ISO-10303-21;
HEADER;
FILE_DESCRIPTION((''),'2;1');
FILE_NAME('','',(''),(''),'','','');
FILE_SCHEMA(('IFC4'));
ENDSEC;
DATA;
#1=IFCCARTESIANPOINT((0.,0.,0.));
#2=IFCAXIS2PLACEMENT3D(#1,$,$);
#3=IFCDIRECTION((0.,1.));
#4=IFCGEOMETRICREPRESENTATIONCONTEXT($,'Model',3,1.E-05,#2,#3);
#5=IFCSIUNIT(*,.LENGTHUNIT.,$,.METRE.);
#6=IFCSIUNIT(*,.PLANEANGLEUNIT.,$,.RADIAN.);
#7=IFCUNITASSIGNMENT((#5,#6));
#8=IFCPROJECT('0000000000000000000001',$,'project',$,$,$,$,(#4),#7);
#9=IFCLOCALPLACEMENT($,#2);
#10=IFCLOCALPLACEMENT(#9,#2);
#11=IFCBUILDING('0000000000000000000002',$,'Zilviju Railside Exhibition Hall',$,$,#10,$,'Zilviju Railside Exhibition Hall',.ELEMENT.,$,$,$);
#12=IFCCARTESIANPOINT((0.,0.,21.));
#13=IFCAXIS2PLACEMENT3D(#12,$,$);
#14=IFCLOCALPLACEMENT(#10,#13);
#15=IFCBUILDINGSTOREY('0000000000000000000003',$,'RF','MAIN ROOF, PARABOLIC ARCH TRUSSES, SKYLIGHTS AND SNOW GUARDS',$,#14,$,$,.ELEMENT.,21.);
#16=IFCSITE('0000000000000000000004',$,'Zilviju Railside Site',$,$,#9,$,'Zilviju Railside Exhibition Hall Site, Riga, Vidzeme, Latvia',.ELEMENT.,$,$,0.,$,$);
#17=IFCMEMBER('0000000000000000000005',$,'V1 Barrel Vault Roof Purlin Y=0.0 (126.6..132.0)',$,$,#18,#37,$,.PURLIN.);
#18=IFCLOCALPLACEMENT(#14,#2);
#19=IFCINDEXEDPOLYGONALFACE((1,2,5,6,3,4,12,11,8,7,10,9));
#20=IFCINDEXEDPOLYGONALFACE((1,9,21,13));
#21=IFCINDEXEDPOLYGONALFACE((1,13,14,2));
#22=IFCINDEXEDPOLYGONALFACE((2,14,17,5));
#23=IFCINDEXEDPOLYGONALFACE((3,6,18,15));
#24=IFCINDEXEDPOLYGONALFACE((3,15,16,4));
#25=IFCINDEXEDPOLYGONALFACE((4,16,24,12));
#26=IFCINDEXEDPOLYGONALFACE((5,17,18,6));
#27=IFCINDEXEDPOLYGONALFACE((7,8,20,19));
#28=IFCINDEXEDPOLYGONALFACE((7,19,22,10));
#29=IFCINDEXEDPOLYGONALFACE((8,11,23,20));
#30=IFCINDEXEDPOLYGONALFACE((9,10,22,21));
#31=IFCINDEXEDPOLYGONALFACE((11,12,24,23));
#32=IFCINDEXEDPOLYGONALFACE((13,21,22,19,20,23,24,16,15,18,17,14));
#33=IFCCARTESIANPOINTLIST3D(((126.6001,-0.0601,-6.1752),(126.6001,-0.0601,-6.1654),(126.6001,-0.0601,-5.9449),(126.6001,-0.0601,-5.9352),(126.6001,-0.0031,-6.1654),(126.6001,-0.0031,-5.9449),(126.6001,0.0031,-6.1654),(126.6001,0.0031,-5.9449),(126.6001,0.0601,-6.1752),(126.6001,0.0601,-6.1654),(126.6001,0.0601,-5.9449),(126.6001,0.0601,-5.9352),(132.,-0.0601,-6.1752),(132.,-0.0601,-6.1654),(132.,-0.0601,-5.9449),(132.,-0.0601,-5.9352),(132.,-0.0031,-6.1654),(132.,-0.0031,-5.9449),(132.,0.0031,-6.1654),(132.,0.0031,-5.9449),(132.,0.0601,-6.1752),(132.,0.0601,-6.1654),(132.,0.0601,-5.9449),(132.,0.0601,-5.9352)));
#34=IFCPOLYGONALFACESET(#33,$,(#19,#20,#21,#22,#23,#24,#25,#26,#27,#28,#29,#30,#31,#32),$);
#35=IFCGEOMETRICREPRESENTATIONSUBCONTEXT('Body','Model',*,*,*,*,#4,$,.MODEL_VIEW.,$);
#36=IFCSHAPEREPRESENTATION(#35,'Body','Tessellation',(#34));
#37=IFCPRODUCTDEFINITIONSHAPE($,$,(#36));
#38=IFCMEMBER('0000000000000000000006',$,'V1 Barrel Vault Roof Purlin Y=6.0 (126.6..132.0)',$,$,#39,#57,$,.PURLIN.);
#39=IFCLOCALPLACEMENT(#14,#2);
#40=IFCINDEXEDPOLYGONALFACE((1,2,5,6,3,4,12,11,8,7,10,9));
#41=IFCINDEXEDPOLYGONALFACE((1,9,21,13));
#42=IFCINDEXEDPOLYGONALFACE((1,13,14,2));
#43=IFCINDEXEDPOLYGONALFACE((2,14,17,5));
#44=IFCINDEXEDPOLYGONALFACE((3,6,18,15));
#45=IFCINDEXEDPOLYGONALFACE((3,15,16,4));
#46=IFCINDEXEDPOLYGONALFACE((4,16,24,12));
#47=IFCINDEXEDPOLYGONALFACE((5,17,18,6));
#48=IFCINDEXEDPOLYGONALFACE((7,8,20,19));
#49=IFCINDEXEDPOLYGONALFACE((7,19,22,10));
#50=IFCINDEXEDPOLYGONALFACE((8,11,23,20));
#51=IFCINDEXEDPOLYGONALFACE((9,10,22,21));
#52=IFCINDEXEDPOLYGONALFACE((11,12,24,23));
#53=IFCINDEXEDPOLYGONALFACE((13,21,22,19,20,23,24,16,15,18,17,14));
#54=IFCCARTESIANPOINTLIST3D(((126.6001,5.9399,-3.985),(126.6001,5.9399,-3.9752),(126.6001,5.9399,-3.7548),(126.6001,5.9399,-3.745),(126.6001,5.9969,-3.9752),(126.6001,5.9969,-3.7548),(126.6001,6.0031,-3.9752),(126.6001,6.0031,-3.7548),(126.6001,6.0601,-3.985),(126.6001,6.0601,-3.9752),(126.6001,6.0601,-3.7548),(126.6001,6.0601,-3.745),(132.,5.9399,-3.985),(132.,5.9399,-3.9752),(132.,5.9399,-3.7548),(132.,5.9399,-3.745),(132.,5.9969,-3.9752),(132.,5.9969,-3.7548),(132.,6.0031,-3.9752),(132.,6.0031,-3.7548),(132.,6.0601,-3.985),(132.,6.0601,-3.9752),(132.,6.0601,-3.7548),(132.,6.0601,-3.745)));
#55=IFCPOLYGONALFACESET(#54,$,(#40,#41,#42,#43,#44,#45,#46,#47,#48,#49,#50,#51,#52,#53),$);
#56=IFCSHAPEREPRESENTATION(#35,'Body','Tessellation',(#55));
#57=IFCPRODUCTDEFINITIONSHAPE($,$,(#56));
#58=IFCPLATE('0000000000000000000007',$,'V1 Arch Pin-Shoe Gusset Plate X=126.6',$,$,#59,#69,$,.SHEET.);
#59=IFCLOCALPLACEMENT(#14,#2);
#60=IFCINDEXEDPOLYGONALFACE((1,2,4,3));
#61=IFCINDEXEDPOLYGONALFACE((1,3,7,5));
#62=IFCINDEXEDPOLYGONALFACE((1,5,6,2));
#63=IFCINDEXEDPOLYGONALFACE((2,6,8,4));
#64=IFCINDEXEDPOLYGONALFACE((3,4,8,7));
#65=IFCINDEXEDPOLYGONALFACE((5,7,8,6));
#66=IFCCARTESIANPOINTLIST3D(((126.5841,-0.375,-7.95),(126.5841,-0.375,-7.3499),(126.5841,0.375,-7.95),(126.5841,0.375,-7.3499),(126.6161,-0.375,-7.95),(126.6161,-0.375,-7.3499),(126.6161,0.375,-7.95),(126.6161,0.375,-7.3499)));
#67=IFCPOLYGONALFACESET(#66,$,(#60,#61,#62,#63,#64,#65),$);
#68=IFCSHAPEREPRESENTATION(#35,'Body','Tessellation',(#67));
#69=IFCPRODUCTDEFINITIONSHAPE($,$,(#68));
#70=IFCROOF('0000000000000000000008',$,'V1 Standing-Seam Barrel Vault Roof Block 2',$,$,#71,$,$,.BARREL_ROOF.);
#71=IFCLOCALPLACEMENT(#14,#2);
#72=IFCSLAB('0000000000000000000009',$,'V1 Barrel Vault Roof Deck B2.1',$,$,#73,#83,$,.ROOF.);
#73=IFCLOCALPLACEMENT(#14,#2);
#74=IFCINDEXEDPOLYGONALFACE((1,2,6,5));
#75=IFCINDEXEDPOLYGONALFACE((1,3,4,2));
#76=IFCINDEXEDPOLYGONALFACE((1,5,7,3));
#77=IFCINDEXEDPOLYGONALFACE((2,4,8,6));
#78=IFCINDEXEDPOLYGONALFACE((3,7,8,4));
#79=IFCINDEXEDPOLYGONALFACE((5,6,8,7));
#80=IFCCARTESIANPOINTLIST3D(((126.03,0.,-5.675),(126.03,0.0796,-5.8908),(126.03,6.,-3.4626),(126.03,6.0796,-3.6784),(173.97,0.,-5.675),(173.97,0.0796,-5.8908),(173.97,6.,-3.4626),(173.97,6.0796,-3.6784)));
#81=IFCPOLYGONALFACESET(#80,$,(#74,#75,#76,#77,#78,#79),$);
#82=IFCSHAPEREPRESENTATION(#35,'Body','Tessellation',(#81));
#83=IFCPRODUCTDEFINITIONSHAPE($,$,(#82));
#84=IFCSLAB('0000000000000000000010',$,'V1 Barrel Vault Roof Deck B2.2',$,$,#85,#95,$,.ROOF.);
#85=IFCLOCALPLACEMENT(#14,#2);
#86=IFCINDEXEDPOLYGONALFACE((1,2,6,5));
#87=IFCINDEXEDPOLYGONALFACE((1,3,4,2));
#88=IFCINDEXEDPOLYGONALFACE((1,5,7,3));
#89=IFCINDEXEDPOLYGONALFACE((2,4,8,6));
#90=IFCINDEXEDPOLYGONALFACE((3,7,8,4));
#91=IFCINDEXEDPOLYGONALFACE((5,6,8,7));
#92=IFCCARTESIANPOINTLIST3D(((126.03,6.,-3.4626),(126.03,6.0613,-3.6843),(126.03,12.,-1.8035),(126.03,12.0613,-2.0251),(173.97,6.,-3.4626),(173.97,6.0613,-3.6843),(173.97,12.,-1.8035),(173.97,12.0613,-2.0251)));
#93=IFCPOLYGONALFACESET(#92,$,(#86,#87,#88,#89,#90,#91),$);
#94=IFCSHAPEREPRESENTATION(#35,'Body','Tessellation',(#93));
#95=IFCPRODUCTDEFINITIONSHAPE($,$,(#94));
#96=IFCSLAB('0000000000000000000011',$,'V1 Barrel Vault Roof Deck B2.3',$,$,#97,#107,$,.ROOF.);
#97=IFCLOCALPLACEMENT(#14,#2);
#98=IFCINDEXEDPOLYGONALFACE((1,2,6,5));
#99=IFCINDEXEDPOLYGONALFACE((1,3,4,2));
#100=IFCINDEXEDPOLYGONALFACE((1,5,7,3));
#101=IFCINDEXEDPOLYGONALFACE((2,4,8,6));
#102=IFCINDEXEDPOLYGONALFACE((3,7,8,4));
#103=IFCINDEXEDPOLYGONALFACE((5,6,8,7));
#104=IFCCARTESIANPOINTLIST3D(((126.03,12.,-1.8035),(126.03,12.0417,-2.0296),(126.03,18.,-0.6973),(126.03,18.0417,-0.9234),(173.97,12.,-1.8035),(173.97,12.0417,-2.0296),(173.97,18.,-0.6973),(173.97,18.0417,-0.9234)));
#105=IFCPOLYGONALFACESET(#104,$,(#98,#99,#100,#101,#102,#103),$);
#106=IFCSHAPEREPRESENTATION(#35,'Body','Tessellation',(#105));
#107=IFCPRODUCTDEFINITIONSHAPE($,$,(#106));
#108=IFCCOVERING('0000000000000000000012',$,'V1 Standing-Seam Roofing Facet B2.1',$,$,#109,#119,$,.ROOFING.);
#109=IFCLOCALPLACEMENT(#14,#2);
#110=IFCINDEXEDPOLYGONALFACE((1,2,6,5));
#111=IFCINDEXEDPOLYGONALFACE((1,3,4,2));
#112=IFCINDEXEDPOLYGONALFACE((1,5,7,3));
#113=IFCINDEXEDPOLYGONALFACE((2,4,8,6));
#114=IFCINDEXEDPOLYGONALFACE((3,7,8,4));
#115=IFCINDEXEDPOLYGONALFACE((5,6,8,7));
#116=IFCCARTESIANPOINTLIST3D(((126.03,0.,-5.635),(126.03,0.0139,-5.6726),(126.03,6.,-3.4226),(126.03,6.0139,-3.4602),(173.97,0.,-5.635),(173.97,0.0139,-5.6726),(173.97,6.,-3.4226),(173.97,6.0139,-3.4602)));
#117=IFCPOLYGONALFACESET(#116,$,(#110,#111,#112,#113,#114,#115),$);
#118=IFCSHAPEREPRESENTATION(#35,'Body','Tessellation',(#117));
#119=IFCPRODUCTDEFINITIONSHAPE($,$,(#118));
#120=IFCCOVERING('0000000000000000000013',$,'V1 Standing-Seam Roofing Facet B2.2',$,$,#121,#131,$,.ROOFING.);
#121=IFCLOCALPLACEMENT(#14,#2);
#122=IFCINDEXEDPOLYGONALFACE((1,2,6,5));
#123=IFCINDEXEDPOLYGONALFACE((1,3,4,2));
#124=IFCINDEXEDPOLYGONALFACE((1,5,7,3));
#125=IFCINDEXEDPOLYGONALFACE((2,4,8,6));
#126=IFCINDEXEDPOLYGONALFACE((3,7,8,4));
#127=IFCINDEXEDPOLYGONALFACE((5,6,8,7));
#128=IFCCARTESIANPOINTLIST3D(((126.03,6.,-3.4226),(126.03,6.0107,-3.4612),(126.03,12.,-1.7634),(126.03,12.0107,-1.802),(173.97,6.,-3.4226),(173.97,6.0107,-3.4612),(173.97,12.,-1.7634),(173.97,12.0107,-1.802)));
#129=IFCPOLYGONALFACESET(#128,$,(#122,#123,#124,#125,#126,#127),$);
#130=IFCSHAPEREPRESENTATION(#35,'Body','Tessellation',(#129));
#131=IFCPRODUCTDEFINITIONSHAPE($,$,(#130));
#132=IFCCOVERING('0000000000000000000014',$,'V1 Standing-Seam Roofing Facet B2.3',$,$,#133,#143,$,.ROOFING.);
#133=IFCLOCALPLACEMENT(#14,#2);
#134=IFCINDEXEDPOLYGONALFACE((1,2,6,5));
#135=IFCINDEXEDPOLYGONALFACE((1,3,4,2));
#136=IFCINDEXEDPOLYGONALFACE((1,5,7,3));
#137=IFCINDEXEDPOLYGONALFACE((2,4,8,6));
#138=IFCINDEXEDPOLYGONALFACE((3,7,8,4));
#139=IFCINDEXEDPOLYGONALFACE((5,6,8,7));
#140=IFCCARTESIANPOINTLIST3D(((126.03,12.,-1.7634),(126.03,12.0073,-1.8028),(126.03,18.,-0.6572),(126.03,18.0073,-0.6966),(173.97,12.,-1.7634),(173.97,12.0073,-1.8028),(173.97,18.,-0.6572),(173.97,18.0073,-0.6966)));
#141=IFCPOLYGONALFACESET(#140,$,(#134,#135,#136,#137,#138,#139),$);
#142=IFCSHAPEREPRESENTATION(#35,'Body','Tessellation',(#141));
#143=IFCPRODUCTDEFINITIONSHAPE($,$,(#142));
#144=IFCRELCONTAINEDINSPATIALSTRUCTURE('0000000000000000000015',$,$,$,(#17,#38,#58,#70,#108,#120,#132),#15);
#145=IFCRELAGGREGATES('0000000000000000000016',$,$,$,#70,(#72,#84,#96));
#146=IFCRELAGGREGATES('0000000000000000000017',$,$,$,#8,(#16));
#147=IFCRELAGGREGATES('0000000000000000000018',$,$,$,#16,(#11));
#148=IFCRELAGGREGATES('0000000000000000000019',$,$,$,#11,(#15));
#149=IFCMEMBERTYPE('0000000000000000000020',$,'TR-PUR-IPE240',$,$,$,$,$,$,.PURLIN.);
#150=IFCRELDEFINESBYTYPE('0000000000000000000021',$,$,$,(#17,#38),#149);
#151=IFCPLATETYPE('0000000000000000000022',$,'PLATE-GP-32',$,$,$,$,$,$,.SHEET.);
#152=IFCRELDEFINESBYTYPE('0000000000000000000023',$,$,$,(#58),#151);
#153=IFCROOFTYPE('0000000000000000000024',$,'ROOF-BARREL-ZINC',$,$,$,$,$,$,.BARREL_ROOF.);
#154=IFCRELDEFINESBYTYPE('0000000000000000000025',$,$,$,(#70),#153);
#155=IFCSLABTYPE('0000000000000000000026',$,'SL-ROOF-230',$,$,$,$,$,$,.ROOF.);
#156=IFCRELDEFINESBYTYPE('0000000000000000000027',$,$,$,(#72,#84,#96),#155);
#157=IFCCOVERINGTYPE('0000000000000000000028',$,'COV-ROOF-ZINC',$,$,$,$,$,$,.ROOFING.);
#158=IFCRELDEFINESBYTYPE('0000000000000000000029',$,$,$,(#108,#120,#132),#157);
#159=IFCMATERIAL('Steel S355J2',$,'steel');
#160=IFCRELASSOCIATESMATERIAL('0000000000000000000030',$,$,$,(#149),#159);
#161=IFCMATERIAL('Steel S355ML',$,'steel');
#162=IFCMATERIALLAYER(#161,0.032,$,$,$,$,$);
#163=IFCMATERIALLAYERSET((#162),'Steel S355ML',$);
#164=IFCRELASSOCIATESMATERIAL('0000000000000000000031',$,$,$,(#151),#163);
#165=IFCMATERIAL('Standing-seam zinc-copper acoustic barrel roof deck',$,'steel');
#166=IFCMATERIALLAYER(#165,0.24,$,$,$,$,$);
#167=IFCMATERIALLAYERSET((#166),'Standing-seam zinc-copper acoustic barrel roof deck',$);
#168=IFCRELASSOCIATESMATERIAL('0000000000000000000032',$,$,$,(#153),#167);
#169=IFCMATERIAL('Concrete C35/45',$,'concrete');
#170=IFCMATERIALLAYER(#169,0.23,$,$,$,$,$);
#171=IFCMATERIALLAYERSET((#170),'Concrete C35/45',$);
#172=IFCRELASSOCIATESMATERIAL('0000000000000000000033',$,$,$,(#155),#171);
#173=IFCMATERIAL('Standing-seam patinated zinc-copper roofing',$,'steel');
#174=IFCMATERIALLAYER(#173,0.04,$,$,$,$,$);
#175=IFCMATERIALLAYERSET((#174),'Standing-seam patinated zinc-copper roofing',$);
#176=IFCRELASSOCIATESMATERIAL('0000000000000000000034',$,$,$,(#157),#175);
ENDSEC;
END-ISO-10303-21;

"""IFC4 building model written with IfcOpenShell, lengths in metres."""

from ifc_helpers import new_model, si_unit, direction, frame, origin, origin_2d, place, context, subcontext, project, spatial, polyline, rectangle, i_section, outline, extrude, material, layer, layer_set, material_profile, profile_set, type_object, element, aggregate, save


model = new_model("IFC4")

# Units and contexts
model_context = context("Model", 3, precision=1e-05, world=origin(), true_north=direction((0.0, 1.0)))
body_context = subcontext(model_context, "Body", "Model", "MODEL_VIEW")
ifc_project = project(units=[si_unit("LENGTHUNIT", "METRE"), si_unit("PLANEANGLEUNIT", "RADIAN")], contexts=[model_context])

# Site, building, storey
site_placement = place(None, origin())
site = spatial("IfcSite", under=ifc_project, at=site_placement, Name="Zilviju Railside Site", LongName="Zilviju Railside Exhibition Hall Site, Riga, Vidzeme, Latvia", CompositionType="ELEMENT", RefElevation=0.0)
building_placement = place(site_placement, origin())
building = spatial("IfcBuilding", under=site, at=building_placement, Name="Zilviju Railside Exhibition Hall", LongName="Zilviju Railside Exhibition Hall", CompositionType="ELEMENT")
storey_placement = place(building_placement, frame((0.0, 0.0, 21.0)))
storey = spatial("IfcBuildingStorey", under=building, at=storey_placement, Name="RF", Description="MAIN ROOF, PARABOLIC ARCH TRUSSES, SKYLIGHTS AND SNOW GUARDS", CompositionType="ELEMENT", Elevation=21.0)

# Members
ifc_material_1 = material(Name="Steel S355J2", Category="steel")
ifc_material_profile_1 = material_profile(ifc_material_1, i_section(OverallWidth=0.1201, OverallDepth=0.24, WebThickness=0.0061, FlangeThickness=0.0098, at=origin_2d()), Name="IPE 240")
ifc_profile_set_1 = profile_set([ifc_material_profile_1], Name="Steel S355J2")
member_type_1 = type_object("IfcMemberType", Name="TR-PUR-IPE240", PredefinedType="PURLIN", material=ifc_profile_set_1)
for number, where, z_axis, x_axis, name in (
    (1, (126.6001, 0.0, -6.0552), (1.0, 0.0, 0.0), (0.0, 1.0, 0.0), "V1 Barrel Vault Roof Purlin Y=0.0 (126.6..132.0)"),
    (2, (126.6001, 6.0, -3.865), (1.0, 0.0, 0.0), (0.0, 1.0, 0.0), "V1 Barrel Vault Roof Purlin Y=6.0 (126.6..132.0)"),
):
    element("IfcMember", number, at=place(storey_placement, frame(where, z_axis=z_axis, x_axis=x_axis)), inside=storey, type_object=member_type_1, Name=name, PredefinedType="PURLIN", context=body_context, shape_type="SweptSolid", body=[
        extrude(i_section(OverallWidth=0.1201, OverallDepth=0.24, WebThickness=0.0061, FlangeThickness=0.0098, at=origin_2d()), origin(), (0.0, 0.0, 1.0), 5.3999),
    ])

# Plate
ifc_material_2 = material(Name="Steel S355ML", Category="steel")
ifc_layer_1 = layer(ifc_material_2, 0.032)
ifc_layer_set_1 = layer_set([ifc_layer_1], Name="Steel S355ML")
plate_type = type_object("IfcPlateType", Name="PLATE-GP-32", PredefinedType="SHEET", material=ifc_layer_set_1)
plate_placement = place(storey_placement, frame((126.6001, 0.0, -7.95), z_axis=(0.0, 0.0, 1.0), x_axis=(1.0, 0.0, 0.0)))
element("IfcPlate", 3, at=plate_placement, inside=storey, type_object=plate_type, Name="V1 Arch Pin-Shoe Gusset Plate X=126.6", PredefinedType="SHEET", context=body_context, shape_type="SweptSolid", body=[
    extrude(rectangle(XDim=0.032, YDim=0.75, at=origin_2d()), origin(), (0.0, 0.0, 1.0), 0.6001),
])

# Roof, slabs
ifc_material_3 = material(Name="Standing-seam zinc-copper acoustic barrel roof deck", Category="steel")
ifc_layer_2 = layer(ifc_material_3, 0.24)
ifc_layer_set_2 = layer_set([ifc_layer_2], Name="Standing-seam zinc-copper acoustic barrel roof deck")
roof_type = type_object("IfcRoofType", Name="ROOF-BARREL-ZINC", PredefinedType="BARREL_ROOF", material=ifc_layer_set_2)
roof_placement = place(storey_placement, origin())
roof = element("IfcRoof", 4, at=roof_placement, inside=storey, type_object=roof_type, Name="V1 Standing-Seam Barrel Vault Roof Block 2", PredefinedType="BARREL_ROOF")
ifc_material_4 = material(Name="Concrete C35/45", Category="concrete")
ifc_layer_3 = layer(ifc_material_4, 0.23)
ifc_layer_set_3 = layer_set([ifc_layer_3], Name="Concrete C35/45")
slab_type = type_object("IfcSlabType", Name="SL-ROOF-230", PredefinedType="ROOF", material=ifc_layer_set_3)
slab_1_placement = place(storey_placement, frame((126.03, 0.0, -5.675), z_axis=(0.0, -0.345964, 0.938248), x_axis=(1.0, 0.0, 0.0)))
slab_1 = element("IfcSlab", 5, at=slab_1_placement, type_object=slab_type, Name="V1 Barrel Vault Roof Deck B2.1", PredefinedType="ROOF", context=body_context, shape_type="SweptSolid", body=[
    extrude(outline(polyline([(0.0, 0.0), (47.9399, 0.0), (47.9399, 6.3949), (0.0, 6.3949), (0.0, 0.0)])), origin(), (0.0, 0.0, -1.0), 0.23),
])
slab_2_placement = place(storey_placement, frame((126.03, 6.0, -3.4626), z_axis=(0.0, -0.266527, 0.963827), x_axis=(1.0, 0.0, 0.0)))
slab_2 = element("IfcSlab", 6, at=slab_2_placement, type_object=slab_type, Name="V1 Barrel Vault Roof Deck B2.2", PredefinedType="ROOF", context=body_context, shape_type="SweptSolid", body=[
    extrude(outline(polyline([(0.0, 0.0), (47.9399, 0.0), (47.9399, 6.2252), (0.0, 6.2252), (0.0, 0.0)])), origin(), (0.0, 0.0, -1.0), 0.23),
])
slab_3_placement = place(storey_placement, frame((126.03, 12.0, -1.8035), z_axis=(0.0, -0.181311, 0.983426), x_axis=(1.0, 0.0, 0.0)))
slab_3 = element("IfcSlab", 7, at=slab_3_placement, type_object=slab_type, Name="V1 Barrel Vault Roof Deck B2.3", PredefinedType="ROOF", context=body_context, shape_type="SweptSolid", body=[
    extrude(outline(polyline([(0.0, 0.0), (47.9399, 0.0), (47.9399, 6.1011), (0.0, 6.1011), (0.0, 0.0)])), origin(), (0.0, 0.0, -1.0), 0.23),
])
aggregate(roof, [slab_1, slab_2, slab_3])

# Coverings
ifc_material_5 = material(Name="Standing-seam patinated zinc-copper roofing", Category="steel")
ifc_layer_4 = layer(ifc_material_5, 0.04)
ifc_layer_set_4 = layer_set([ifc_layer_4], Name="Standing-seam patinated zinc-copper roofing")
covering_type = type_object("IfcCoveringType", Name="COV-ROOF-ZINC", PredefinedType="ROOFING", material=ifc_layer_set_4)
covering_1_placement = place(storey_placement, frame((126.03, 0.0, -5.635), z_axis=(0.0, -0.345964, 0.938248), x_axis=(1.0, 0.0, 0.0)))
element("IfcCovering", 8, at=covering_1_placement, inside=storey, type_object=covering_type, Name="V1 Standing-Seam Roofing Facet B2.1", PredefinedType="ROOFING", context=body_context, shape_type="SweptSolid", body=[
    extrude(outline(polyline([(0.0, 0.0), (47.9399, 0.0), (47.9399, 6.3949), (0.0, 6.3949), (0.0, 0.0)])), origin(), (0.0, 0.0, -1.0), 0.04),
])
covering_2_placement = place(storey_placement, frame((126.03, 6.0, -3.4226), z_axis=(0.0, -0.266527, 0.963827), x_axis=(1.0, 0.0, 0.0)))
element("IfcCovering", 9, at=covering_2_placement, inside=storey, type_object=covering_type, Name="V1 Standing-Seam Roofing Facet B2.2", PredefinedType="ROOFING", context=body_context, shape_type="SweptSolid", body=[
    extrude(outline(polyline([(0.0, 0.0), (47.9399, 0.0), (47.9399, 6.2252), (0.0, 6.2252), (0.0, 0.0)])), origin(), (0.0, 0.0, -1.0), 0.04),
])
covering_3_placement = place(storey_placement, frame((126.03, 12.0, -1.7634), z_axis=(0.0, -0.181311, 0.983426), x_axis=(1.0, 0.0, 0.0)))
element("IfcCovering", 10, at=covering_3_placement, inside=storey, type_object=covering_type, Name="V1 Standing-Seam Roofing Facet B2.3", PredefinedType="ROOFING", context=body_context, shape_type="SweptSolid", body=[
    extrude(outline(polyline([(0.0, 0.0), (47.9399, 0.0), (47.9399, 6.1011), (0.0, 6.1011), (0.0, 0.0)])), origin(), (0.0, 0.0, -1.0), 0.04),
])

save(model, "model.ifc")
